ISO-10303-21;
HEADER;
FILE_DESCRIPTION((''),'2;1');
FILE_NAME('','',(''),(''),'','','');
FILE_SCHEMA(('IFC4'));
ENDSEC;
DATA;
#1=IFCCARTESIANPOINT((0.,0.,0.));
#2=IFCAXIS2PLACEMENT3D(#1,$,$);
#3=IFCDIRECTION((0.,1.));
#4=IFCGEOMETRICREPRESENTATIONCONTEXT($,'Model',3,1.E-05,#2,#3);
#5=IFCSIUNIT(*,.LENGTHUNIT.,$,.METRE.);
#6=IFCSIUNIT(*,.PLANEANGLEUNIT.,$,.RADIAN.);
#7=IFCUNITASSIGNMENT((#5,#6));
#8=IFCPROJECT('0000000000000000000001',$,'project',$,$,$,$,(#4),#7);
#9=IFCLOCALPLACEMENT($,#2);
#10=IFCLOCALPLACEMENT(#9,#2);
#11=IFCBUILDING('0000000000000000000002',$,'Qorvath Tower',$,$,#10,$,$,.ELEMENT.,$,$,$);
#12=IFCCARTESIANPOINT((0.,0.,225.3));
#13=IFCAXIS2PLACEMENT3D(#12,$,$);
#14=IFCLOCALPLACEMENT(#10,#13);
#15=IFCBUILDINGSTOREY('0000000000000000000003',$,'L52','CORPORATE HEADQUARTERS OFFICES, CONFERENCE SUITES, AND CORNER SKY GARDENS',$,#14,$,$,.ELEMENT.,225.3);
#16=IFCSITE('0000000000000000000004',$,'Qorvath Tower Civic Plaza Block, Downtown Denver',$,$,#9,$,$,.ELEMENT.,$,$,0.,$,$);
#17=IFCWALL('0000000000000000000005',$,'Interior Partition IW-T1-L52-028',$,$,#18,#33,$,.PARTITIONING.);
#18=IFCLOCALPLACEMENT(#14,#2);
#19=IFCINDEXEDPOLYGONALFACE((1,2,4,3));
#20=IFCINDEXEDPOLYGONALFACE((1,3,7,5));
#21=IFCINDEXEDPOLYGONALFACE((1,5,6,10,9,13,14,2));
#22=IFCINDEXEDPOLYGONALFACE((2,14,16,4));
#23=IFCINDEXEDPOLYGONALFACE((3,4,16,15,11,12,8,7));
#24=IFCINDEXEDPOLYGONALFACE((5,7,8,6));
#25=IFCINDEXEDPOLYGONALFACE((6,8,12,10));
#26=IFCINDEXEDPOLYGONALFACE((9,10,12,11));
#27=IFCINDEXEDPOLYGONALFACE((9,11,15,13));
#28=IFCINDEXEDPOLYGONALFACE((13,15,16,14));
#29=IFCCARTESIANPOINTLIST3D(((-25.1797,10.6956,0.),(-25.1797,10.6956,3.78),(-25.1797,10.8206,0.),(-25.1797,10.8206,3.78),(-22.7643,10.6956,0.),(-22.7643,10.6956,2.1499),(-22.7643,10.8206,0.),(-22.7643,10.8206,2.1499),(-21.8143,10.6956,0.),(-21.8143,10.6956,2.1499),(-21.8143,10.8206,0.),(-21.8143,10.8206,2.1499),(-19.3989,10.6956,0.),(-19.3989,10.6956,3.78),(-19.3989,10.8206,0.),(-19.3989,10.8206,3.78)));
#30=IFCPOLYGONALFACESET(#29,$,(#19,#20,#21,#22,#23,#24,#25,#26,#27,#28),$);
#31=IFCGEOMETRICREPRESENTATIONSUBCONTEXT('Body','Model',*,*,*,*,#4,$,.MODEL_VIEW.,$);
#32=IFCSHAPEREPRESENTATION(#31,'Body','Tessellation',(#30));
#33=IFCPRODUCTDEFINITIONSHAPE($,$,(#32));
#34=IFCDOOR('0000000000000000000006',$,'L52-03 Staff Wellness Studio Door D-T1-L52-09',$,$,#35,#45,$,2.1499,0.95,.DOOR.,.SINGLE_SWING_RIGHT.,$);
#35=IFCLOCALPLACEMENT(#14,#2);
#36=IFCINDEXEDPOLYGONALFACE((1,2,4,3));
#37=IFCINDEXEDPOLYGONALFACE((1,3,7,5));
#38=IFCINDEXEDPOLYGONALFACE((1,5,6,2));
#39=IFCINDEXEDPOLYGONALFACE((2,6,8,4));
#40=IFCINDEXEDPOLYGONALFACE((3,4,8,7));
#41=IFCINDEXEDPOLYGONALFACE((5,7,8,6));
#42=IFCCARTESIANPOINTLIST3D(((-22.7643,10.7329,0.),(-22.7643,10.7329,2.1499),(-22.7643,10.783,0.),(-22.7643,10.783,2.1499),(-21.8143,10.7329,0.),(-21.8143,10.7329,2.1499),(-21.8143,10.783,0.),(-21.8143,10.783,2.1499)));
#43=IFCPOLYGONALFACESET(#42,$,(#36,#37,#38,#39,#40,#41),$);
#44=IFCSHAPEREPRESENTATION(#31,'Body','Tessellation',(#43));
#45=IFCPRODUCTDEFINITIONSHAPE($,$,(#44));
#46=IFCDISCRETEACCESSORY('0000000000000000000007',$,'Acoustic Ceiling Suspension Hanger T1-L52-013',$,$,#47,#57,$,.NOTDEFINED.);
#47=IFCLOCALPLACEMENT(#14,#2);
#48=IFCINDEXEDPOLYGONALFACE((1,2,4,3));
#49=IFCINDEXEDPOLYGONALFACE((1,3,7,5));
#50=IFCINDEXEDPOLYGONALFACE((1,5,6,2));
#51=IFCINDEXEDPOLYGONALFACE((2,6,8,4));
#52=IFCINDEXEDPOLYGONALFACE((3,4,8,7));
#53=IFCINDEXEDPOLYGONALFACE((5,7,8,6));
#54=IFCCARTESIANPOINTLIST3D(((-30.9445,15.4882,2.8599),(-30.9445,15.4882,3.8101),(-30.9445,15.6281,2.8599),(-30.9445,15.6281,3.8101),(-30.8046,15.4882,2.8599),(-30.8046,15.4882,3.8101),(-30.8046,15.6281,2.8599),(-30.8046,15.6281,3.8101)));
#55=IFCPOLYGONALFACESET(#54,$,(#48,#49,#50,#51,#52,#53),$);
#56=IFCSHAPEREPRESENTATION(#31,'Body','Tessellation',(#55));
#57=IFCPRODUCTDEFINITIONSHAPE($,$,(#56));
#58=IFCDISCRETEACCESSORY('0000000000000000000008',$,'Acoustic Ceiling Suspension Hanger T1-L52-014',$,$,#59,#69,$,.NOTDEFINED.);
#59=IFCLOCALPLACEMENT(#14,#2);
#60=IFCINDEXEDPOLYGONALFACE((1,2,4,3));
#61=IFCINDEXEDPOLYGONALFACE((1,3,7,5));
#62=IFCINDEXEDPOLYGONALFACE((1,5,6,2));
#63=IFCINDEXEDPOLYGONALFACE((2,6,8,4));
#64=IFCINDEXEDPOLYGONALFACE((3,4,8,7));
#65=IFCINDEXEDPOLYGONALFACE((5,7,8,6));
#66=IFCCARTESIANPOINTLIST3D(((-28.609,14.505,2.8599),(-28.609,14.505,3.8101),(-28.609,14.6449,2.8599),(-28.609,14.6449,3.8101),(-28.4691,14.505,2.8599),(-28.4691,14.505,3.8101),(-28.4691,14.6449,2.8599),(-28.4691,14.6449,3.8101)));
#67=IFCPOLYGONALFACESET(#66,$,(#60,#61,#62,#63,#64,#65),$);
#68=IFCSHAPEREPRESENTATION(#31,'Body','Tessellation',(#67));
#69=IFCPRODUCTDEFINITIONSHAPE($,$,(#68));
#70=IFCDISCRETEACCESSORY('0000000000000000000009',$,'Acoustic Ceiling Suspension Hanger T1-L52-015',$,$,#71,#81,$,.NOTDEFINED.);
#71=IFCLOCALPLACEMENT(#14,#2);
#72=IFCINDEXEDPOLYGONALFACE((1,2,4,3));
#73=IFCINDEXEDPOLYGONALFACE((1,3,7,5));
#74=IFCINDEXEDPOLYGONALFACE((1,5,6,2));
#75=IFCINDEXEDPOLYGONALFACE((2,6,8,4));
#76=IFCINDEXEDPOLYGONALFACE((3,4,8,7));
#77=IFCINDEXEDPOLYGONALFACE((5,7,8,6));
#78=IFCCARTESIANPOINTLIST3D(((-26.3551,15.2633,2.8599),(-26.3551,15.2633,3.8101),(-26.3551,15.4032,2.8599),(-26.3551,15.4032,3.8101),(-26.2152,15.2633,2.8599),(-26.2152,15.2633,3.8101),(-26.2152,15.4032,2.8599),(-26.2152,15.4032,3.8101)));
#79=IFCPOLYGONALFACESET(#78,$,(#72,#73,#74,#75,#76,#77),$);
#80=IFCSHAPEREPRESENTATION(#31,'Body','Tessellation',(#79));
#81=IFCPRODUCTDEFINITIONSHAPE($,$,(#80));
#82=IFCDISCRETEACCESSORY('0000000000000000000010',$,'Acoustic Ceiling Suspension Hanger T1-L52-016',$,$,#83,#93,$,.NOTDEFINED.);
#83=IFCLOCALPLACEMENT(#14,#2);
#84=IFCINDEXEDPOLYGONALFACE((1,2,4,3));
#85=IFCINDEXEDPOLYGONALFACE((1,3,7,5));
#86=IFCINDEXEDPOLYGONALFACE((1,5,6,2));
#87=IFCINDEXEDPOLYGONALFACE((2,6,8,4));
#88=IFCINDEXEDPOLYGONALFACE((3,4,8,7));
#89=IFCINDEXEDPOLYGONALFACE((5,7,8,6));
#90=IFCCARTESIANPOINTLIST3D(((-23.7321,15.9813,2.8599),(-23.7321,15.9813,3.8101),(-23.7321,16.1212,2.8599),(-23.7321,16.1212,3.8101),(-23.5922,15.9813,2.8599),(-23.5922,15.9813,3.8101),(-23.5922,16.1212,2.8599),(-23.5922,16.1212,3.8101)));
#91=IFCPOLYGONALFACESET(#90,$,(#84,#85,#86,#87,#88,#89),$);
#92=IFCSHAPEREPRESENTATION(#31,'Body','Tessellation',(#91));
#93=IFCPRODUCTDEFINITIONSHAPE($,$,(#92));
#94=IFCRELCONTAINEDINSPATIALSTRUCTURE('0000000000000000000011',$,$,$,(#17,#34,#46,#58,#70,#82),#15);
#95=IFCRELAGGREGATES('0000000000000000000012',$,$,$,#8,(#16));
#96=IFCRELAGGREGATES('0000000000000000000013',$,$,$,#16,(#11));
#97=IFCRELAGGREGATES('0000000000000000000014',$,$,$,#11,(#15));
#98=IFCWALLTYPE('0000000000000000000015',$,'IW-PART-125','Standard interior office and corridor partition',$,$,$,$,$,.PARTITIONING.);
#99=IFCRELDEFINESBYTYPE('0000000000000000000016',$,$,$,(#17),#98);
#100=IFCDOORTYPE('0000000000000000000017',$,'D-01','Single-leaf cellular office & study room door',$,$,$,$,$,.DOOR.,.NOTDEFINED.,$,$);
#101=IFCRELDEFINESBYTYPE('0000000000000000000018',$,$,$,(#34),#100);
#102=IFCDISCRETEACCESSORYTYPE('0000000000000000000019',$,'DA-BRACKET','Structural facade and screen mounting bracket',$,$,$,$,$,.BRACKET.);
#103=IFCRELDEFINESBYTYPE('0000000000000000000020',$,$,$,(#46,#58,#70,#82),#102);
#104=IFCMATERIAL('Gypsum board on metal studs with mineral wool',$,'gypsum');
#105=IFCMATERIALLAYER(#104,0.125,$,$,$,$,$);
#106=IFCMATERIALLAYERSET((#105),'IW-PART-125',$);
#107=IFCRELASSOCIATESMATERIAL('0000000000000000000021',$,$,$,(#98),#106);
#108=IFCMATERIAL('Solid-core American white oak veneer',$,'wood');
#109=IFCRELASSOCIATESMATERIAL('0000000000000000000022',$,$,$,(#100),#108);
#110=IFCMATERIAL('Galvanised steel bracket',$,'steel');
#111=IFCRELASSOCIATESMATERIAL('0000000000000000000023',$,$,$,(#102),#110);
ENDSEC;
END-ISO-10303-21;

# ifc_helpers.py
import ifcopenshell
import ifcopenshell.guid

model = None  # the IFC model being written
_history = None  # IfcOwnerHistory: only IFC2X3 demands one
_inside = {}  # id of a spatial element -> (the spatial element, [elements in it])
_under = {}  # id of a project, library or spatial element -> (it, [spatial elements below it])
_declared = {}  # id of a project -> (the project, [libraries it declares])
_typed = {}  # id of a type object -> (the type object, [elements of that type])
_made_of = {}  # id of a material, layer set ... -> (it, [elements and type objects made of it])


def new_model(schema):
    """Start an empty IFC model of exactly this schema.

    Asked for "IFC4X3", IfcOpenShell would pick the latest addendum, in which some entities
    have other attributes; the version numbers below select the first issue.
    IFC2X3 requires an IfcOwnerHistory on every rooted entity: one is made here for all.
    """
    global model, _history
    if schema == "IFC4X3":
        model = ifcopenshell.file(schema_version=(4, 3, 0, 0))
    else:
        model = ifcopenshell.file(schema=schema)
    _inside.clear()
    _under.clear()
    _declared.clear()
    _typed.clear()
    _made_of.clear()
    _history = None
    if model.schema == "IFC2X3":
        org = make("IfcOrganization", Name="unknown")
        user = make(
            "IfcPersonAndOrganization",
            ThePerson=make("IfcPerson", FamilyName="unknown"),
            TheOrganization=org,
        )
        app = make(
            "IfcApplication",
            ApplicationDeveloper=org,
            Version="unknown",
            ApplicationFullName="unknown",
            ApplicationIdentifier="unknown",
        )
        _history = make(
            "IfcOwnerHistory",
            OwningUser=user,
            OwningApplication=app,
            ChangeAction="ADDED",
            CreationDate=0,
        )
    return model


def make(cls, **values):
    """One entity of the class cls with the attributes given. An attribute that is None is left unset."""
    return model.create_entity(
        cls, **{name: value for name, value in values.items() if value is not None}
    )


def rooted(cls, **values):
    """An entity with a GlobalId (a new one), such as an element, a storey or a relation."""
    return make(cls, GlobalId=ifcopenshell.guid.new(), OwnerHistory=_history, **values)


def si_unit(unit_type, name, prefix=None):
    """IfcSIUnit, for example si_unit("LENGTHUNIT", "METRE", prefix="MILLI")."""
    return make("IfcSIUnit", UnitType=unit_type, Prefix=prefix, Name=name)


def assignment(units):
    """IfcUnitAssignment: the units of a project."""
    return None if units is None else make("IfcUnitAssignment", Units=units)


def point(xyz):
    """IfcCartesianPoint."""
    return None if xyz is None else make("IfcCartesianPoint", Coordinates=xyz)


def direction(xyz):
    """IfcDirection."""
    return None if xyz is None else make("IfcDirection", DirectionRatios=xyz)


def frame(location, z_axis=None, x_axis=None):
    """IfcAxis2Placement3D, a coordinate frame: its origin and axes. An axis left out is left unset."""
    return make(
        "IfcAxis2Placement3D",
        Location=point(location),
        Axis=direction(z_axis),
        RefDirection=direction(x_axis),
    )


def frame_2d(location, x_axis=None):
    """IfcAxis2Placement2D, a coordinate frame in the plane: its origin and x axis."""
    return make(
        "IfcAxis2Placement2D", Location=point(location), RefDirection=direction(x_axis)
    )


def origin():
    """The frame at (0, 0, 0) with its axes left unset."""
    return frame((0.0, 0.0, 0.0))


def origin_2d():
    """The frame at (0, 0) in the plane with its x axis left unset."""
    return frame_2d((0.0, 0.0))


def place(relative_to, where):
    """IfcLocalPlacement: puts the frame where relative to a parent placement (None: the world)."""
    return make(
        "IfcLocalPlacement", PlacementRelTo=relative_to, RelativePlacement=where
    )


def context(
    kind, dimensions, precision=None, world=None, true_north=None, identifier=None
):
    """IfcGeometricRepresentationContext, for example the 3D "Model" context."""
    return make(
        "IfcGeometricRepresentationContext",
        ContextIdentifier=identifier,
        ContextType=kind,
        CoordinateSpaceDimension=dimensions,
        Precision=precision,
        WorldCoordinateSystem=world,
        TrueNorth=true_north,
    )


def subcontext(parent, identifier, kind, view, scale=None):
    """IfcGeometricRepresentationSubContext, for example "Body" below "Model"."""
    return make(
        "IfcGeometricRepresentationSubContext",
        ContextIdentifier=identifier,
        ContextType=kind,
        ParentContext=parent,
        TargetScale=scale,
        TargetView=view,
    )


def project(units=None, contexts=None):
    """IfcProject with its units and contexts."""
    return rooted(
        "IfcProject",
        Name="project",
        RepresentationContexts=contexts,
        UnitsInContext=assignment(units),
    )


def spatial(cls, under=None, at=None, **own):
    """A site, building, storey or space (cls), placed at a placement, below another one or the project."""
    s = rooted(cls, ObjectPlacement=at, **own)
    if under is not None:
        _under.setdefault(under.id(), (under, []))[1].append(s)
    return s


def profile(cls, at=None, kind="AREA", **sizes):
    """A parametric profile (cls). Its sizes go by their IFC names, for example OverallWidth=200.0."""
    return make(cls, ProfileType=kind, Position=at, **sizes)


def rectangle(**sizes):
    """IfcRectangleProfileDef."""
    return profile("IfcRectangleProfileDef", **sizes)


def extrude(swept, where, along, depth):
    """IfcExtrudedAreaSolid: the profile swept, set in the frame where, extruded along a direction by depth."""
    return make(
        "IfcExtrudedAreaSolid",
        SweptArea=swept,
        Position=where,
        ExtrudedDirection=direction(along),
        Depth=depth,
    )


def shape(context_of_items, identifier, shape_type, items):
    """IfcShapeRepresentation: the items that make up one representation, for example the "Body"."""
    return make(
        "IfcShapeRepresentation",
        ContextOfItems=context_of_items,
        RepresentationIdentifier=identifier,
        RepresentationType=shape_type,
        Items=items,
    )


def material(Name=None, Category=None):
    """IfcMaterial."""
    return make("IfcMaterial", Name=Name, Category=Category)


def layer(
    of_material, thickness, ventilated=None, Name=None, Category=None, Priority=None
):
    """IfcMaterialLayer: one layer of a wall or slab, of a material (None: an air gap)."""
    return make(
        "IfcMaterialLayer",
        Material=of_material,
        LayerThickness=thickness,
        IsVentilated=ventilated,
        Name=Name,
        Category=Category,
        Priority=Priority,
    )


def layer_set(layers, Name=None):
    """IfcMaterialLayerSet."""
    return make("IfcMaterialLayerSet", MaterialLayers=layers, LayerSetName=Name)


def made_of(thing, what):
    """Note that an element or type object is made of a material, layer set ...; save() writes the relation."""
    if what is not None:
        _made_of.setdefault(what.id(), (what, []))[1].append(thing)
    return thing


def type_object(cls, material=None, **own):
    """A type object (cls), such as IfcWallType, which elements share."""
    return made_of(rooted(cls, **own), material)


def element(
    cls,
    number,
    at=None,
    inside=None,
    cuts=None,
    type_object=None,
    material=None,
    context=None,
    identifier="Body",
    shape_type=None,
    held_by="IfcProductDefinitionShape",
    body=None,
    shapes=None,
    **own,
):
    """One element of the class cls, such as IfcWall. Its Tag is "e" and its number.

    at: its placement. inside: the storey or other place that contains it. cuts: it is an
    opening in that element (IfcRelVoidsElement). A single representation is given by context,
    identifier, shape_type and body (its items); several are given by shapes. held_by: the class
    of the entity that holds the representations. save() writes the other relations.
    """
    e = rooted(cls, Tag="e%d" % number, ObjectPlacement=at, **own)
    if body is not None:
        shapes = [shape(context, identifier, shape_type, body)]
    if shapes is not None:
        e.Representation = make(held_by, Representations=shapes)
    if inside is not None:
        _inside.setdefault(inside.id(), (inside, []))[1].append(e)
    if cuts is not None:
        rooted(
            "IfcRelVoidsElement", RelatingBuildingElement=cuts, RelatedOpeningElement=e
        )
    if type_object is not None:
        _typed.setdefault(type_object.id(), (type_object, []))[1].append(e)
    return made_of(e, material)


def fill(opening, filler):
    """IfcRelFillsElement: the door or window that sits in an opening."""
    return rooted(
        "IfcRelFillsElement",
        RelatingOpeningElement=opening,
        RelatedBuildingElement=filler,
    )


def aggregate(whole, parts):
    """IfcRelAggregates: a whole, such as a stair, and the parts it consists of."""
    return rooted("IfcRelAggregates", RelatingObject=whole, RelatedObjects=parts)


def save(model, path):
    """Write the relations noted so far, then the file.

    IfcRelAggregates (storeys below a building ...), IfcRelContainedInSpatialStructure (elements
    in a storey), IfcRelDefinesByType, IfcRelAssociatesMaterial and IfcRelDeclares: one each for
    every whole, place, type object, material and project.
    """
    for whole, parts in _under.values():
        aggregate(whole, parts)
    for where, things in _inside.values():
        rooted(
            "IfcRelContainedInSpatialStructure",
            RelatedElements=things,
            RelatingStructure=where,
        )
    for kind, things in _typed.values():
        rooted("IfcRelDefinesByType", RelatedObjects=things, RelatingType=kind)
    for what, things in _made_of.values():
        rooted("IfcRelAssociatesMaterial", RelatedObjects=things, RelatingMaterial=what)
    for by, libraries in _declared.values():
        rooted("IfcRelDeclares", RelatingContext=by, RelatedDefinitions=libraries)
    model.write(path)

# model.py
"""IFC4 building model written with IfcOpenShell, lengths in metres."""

from ifc_helpers import new_model, si_unit, direction, frame, frame_2d, origin, origin_2d, place, context, subcontext, project, spatial, rectangle, extrude, material, layer, layer_set, type_object, element, fill, save


model = new_model("IFC4")

# Units and contexts
model_context = context("Model", 3, precision=1e-05, world=origin(), true_north=direction((0.0, 1.0)))
body_context = subcontext(model_context, "Body", "Model", "MODEL_VIEW")
ifc_project = project(units=[si_unit("LENGTHUNIT", "METRE"), si_unit("PLANEANGLEUNIT", "RADIAN")], contexts=[model_context])

# Site, building, storey
site_placement = place(None, origin())
site = spatial("IfcSite", under=ifc_project, at=site_placement, Name="Qorvath Tower Civic Plaza Block, Downtown Denver", CompositionType="ELEMENT", RefElevation=0.0)
building_placement = place(site_placement, origin())
building = spatial("IfcBuilding", under=site, at=building_placement, Name="Qorvath Tower", CompositionType="ELEMENT")
storey_placement = place(building_placement, frame((0.0, 0.0, 225.3)))
storey = spatial("IfcBuildingStorey", under=building, at=storey_placement, Name="L52", Description="CORPORATE HEADQUARTERS OFFICES, CONFERENCE SUITES, AND CORNER SKY GARDENS", CompositionType="ELEMENT", Elevation=225.3)

# Shared definitions
ifc_material_1 = material(Name="Gypsum board on metal studs with mineral wool", Category="gypsum")
ifc_layer_1 = layer(ifc_material_1, 0.125)
ifc_layer_set_1 = layer_set([ifc_layer_1], Name="IW-PART-125")
wall_type_1 = type_object("IfcWallType", Name="IW-PART-125", Description="Standard interior office and corridor partition", PredefinedType="PARTITIONING", material=ifc_layer_set_1)
ifc_material_2 = material(Name="Solid-core American white oak veneer", Category="wood")
door_type = type_object("IfcDoorType", Name="D-01", Description="Single-leaf cellular office & study room door", OperationType="NOTDEFINED", PredefinedType="DOOR", material=ifc_material_2)

# Wall, opening, door
wall_1_placement = place(storey_placement, frame((-25.1797, 10.7581, 0.0), z_axis=(0.0, 0.0, 1.0), x_axis=(1.0, 0.0, 0.0)))
wall_1 = element("IfcWall", 1, at=wall_1_placement, inside=storey, type_object=wall_type_1, Name="Interior Partition IW-T1-L52-028", PredefinedType="PARTITIONING", context=body_context, shape_type="SweptSolid", body=[
    extrude(rectangle(XDim=5.7808, YDim=0.125, at=frame_2d((2.8904, 0.0))), origin(), (0.0, 0.0, 1.0), 3.78),
])
opening_1_placement = place(wall_1_placement, frame((2.4153, 0.0, 0.0)))
opening_1 = element("IfcOpeningElement", 2, at=opening_1_placement, cuts=wall_1, PredefinedType="OPENING", context=body_context, shape_type="SweptSolid", body=[
    extrude(rectangle(XDim=0.95, YDim=2.1499, at=frame_2d((0.4751, 1.075))), frame((0.0, 0.0725, 0.0), z_axis=(0.0, -1.0, 0.0), x_axis=(1.0, 0.0, 0.0)), (0.0, 0.0, 1.0), 0.145),
])
door_1_placement = place(opening_1_placement, origin())
door_1 = element("IfcDoor", 3, at=door_1_placement, inside=storey, type_object=door_type, Name="L52-03 Staff Wellness Studio Door D-T1-L52-09", OperationType="SINGLE_SWING_RIGHT", OverallHeight=2.1499, OverallWidth=0.95, PredefinedType="DOOR", context=body_context, shape_type="SweptSolid", body=[
    extrude(rectangle(XDim=0.95, YDim=2.1499, at=frame_2d((0.4751, 1.075))), frame((0.0, 0.0249, 0.0), z_axis=(0.0, -1.0, 0.0), x_axis=(1.0, 0.0, 0.0)), (0.0, 0.0, 1.0), 0.05),
])
fill(opening_1, door_1)

# Discrete accessories
ifc_material_3 = material(Name="Galvanised steel bracket", Category="steel")
discrete_accessory_type = type_object("IfcDiscreteAccessoryType", Name="DA-BRACKET", Description="Structural facade and screen mounting bracket", PredefinedType="BRACKET", material=ifc_material_3)
for number, where, z_axis, x_axis, name in (
    (4, (-30.8745, 15.5581, 2.8599), (0.0, 0.0, 1.0), (1.0, 0.0, 0.0), "Acoustic Ceiling Suspension Hanger T1-L52-013"),
    (5, (-28.5391, 14.575, 2.8599), (0.0, 0.0, 1.0), (1.0, 0.0, 0.0), "Acoustic Ceiling Suspension Hanger T1-L52-014"),
    (6, (-26.2852, 15.3333, 2.8599), (0.0, 0.0, 1.0), (1.0, 0.0, 0.0), "Acoustic Ceiling Suspension Hanger T1-L52-015"),
    (7, (-23.6621, 16.0513, 2.8599), (0.0, 0.0, 1.0), (1.0, 0.0, 0.0), "Acoustic Ceiling Suspension Hanger T1-L52-016"),
):
    element("IfcDiscreteAccessory", number, at=place(storey_placement, frame(where, z_axis=z_axis, x_axis=x_axis)), inside=storey, type_object=discrete_accessory_type, Name=name, PredefinedType="NOTDEFINED", context=body_context, shape_type="SweptSolid", body=[
        extrude(rectangle(XDim=0.1399, YDim=0.1399, at=origin_2d()), origin(), (0.0, 0.0, 1.0), 0.9502),
    ])

save(model, "model.ifc")
